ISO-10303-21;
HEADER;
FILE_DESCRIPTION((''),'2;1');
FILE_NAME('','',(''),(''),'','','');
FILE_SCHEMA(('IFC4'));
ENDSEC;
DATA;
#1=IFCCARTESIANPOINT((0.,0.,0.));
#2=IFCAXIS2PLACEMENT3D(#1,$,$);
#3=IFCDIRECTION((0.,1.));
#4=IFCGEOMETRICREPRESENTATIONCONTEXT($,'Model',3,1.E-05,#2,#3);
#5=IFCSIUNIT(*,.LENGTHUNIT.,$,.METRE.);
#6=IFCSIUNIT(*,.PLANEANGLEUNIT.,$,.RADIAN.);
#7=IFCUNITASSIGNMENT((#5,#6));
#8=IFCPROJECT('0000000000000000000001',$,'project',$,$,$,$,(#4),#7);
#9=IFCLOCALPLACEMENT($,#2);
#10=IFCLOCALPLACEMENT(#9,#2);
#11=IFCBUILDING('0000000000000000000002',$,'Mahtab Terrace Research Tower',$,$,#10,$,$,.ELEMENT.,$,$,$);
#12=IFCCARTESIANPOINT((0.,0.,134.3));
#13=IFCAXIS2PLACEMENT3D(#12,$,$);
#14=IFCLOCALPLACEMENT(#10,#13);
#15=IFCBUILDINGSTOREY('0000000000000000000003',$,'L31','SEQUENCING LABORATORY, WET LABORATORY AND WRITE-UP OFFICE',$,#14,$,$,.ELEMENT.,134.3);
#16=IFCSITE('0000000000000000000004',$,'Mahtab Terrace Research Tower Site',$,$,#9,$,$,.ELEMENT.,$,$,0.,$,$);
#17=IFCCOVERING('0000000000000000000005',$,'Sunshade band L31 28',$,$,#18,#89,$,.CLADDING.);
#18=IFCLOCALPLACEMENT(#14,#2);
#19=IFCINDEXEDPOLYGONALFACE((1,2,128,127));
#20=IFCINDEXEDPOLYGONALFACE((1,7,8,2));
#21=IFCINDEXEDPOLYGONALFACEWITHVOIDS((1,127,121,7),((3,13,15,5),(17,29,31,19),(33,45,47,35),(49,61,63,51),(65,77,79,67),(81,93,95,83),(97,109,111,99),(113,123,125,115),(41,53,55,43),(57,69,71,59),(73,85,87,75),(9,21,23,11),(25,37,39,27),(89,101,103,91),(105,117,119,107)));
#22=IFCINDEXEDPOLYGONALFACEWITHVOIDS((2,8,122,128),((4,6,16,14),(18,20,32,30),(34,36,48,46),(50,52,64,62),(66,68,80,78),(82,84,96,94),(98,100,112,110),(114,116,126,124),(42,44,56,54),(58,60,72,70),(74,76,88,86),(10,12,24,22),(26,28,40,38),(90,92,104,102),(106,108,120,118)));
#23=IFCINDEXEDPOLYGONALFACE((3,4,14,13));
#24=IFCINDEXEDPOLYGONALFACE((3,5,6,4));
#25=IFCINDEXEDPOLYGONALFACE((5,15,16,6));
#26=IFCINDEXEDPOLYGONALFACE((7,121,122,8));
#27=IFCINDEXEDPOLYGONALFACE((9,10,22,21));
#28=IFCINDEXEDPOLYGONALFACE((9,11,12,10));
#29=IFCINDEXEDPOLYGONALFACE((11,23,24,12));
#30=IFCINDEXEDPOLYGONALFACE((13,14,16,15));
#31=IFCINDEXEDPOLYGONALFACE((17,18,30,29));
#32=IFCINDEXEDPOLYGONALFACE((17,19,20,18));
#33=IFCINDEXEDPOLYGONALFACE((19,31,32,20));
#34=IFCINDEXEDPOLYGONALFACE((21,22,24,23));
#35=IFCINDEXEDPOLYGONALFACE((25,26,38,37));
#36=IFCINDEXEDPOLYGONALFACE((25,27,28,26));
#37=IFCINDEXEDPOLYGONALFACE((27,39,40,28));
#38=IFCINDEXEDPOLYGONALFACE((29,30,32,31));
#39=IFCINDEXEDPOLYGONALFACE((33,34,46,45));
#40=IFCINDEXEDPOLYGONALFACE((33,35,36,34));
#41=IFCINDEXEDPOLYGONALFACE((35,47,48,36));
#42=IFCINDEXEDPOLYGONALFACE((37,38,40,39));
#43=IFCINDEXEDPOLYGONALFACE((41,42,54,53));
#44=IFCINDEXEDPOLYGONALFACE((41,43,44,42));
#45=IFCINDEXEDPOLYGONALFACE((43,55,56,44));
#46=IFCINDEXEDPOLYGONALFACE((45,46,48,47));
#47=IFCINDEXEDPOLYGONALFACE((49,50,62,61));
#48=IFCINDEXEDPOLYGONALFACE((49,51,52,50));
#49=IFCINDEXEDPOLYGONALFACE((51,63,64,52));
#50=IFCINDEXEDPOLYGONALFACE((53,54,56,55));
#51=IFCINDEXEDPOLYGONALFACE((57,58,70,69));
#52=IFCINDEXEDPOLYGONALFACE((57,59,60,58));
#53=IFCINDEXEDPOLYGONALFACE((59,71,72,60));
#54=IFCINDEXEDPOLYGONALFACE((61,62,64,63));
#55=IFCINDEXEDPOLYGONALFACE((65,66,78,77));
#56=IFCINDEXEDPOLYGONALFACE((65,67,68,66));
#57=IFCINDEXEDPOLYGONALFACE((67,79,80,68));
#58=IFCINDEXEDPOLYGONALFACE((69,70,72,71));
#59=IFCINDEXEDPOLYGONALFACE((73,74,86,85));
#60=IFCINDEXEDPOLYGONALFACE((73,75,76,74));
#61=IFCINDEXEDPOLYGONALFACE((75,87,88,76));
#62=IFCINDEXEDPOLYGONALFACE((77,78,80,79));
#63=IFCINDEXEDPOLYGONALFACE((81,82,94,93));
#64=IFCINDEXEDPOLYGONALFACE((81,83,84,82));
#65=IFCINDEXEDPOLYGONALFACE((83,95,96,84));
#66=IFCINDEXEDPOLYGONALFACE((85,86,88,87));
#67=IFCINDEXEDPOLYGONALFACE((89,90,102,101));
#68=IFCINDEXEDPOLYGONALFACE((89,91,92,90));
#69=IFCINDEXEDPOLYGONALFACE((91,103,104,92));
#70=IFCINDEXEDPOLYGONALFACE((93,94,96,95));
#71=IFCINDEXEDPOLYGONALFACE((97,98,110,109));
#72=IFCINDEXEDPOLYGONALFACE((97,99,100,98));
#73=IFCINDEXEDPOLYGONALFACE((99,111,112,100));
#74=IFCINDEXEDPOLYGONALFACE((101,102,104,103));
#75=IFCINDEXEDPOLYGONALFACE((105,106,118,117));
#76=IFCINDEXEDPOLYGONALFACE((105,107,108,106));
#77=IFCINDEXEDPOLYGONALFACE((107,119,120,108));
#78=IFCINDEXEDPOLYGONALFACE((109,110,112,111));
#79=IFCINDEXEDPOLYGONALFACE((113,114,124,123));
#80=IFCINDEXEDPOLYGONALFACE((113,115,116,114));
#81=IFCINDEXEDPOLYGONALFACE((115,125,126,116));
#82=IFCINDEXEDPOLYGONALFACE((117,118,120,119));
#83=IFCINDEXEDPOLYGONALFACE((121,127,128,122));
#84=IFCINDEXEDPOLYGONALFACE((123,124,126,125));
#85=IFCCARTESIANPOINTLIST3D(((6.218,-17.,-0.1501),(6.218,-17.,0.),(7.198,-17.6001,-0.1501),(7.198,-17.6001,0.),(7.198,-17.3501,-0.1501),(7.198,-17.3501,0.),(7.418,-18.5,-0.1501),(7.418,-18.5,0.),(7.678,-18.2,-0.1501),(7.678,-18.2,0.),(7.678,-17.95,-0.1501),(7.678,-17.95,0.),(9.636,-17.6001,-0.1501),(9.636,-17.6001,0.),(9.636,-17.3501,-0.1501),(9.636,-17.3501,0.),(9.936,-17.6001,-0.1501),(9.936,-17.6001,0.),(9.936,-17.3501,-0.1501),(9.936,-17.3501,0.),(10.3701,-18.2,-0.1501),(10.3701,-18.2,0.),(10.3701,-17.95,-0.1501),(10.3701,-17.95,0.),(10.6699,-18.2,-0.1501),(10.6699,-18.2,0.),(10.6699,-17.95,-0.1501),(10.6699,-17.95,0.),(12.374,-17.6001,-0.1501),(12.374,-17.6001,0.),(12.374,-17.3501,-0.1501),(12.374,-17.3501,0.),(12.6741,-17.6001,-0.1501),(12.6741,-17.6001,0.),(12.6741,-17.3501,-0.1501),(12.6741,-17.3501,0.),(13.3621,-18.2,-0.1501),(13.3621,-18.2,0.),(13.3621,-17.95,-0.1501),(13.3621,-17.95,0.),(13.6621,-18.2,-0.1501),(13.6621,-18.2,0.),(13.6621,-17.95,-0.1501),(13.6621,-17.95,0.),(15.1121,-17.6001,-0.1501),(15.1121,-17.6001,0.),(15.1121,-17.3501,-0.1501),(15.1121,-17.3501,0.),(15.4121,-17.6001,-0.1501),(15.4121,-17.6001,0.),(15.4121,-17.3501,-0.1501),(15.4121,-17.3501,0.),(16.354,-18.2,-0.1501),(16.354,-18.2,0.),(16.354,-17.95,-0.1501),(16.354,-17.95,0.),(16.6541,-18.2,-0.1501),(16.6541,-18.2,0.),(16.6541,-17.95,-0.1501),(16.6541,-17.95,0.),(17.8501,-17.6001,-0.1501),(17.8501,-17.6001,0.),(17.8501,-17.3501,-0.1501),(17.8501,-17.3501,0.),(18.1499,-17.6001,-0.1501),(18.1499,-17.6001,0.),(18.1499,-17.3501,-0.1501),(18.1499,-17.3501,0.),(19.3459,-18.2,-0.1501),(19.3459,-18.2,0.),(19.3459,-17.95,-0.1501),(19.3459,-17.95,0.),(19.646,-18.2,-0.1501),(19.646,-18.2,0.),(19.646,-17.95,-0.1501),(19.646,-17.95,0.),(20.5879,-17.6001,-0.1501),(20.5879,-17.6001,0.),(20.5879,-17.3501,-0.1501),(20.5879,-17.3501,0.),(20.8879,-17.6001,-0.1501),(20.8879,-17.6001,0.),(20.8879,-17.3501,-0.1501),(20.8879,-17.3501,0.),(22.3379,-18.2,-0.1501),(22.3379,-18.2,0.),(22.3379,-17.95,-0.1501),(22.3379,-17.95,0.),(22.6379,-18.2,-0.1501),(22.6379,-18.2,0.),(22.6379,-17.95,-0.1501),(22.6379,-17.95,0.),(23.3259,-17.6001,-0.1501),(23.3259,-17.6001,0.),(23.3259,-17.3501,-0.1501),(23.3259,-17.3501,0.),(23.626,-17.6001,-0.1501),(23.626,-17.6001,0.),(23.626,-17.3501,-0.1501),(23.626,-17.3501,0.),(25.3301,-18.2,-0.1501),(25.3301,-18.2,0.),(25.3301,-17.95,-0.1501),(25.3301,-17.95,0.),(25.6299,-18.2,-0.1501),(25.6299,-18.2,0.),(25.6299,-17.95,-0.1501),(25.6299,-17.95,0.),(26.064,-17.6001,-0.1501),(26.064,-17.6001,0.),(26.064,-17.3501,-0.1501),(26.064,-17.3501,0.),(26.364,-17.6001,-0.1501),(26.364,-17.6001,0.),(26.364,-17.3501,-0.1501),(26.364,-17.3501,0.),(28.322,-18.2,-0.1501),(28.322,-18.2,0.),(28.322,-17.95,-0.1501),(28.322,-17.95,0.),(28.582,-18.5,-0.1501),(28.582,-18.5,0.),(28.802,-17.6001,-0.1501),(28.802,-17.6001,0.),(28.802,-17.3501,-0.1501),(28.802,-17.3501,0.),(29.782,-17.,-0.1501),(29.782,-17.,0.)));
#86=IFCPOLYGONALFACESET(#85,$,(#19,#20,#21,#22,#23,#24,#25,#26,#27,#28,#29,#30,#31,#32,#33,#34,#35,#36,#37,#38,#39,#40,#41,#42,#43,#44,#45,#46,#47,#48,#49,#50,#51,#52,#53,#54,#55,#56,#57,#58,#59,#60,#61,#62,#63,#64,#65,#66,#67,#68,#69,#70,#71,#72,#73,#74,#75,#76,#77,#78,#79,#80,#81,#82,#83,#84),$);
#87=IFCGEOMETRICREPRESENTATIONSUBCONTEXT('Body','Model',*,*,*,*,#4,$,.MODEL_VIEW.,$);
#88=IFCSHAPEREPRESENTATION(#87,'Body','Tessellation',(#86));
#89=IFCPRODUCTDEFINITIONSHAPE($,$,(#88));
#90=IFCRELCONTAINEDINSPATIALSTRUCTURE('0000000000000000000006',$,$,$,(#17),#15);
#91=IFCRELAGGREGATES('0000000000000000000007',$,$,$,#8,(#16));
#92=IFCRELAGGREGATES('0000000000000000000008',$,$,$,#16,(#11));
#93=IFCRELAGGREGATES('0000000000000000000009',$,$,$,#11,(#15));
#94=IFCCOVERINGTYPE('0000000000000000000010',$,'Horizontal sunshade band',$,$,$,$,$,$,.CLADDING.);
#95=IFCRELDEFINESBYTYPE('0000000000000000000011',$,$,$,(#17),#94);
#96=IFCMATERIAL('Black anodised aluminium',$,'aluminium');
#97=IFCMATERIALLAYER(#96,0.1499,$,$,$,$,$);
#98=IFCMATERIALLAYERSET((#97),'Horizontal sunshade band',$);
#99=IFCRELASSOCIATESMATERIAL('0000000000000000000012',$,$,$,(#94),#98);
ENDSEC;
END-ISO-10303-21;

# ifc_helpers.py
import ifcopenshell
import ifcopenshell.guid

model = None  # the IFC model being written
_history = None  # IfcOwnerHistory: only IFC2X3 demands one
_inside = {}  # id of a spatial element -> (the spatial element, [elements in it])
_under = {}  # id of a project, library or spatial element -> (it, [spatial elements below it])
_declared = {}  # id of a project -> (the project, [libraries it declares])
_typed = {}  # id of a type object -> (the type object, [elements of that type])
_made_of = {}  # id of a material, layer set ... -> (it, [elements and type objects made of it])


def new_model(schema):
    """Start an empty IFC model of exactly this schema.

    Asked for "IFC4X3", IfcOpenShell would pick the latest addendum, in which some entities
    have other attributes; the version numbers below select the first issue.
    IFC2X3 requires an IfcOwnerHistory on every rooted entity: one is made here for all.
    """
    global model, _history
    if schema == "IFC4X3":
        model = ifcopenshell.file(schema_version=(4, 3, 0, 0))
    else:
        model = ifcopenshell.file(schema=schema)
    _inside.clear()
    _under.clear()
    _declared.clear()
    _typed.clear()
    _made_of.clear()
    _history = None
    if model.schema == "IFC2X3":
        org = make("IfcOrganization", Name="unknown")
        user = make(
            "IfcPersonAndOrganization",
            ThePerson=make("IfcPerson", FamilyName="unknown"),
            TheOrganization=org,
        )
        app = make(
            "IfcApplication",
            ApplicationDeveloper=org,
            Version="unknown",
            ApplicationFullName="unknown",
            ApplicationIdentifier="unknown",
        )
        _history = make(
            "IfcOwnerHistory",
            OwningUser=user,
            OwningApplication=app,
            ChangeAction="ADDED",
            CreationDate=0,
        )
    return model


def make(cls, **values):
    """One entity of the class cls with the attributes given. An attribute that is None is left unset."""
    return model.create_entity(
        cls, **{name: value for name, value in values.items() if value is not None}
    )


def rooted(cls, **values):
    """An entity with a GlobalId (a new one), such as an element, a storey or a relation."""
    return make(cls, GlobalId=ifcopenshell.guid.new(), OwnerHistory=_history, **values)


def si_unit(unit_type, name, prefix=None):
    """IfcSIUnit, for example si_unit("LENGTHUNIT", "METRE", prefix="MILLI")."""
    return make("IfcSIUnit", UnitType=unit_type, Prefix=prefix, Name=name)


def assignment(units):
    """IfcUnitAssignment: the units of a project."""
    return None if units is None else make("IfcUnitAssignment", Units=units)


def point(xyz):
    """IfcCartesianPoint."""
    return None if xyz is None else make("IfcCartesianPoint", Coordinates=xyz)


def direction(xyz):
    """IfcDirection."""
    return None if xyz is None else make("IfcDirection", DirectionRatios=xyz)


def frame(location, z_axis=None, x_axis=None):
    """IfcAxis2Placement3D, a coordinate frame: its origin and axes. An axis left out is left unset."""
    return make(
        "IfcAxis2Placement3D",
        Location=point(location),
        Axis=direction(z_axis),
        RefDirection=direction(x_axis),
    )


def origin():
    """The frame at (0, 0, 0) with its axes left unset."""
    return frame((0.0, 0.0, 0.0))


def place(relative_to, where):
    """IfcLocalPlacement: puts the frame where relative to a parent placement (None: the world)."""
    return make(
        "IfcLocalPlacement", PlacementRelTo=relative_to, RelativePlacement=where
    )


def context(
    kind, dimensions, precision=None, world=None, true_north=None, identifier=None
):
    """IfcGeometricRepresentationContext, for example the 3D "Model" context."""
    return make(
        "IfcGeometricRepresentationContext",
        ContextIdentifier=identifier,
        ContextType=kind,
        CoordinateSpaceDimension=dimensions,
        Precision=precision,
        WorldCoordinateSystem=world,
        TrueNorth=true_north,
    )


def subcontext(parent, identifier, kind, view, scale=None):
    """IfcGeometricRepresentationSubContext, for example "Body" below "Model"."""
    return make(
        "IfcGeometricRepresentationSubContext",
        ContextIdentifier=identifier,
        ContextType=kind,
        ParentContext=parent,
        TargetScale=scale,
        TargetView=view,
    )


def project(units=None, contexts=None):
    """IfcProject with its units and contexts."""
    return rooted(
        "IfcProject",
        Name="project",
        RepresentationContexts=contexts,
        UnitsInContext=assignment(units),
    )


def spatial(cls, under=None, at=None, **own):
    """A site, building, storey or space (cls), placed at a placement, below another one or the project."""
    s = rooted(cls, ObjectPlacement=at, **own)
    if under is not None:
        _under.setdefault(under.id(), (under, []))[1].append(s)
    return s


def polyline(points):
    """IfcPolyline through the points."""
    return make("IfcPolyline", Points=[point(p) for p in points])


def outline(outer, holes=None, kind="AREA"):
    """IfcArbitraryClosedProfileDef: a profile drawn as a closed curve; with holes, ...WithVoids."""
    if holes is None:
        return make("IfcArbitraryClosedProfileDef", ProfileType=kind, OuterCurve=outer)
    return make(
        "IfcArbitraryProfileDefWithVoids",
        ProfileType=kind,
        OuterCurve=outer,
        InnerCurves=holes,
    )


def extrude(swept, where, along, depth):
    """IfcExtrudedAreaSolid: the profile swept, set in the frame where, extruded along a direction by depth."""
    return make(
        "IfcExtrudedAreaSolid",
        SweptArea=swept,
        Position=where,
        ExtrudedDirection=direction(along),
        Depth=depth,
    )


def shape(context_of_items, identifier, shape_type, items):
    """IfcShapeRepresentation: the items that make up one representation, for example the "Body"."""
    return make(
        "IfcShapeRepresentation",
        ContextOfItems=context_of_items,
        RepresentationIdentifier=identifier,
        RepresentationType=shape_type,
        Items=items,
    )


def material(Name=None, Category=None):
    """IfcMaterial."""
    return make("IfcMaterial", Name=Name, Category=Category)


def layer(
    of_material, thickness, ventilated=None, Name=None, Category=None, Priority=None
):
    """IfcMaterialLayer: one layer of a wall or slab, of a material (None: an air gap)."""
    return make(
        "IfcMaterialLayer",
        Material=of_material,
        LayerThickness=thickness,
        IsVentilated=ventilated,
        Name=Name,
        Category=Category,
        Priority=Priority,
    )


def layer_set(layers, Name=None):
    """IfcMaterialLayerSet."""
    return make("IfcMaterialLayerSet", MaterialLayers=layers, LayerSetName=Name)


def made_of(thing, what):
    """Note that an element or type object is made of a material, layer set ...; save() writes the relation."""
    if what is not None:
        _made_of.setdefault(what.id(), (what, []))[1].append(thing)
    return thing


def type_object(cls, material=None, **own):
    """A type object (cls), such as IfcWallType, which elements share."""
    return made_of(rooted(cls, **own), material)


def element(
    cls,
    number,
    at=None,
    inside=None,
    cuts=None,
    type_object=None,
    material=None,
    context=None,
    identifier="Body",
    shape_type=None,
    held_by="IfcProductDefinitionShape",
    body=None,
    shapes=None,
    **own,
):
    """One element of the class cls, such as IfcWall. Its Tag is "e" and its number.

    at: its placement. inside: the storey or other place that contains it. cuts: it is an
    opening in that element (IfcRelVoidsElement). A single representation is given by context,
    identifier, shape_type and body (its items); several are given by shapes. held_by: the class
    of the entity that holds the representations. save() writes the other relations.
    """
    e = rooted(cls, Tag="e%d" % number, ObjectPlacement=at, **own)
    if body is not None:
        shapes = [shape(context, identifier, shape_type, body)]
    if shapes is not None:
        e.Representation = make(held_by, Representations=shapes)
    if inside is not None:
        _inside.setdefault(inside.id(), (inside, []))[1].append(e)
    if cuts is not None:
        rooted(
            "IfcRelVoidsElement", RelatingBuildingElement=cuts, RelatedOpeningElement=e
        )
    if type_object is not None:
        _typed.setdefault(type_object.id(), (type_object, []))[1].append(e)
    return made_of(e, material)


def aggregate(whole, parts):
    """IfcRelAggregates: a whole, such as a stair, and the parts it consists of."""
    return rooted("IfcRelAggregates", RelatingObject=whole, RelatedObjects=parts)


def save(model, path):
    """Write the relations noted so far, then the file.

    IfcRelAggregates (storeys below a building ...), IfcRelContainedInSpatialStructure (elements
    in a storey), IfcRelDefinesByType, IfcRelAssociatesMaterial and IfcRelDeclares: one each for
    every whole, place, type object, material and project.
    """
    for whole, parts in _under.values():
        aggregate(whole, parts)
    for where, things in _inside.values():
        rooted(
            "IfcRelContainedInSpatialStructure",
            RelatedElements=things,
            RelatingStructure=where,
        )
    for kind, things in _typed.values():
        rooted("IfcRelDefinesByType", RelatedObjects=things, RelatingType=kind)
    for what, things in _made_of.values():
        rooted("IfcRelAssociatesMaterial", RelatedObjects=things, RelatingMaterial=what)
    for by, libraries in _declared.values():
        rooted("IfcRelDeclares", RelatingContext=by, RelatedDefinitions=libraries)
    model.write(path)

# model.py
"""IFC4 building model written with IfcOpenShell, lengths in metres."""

from ifc_helpers import new_model, si_unit, direction, frame, origin, place, context, subcontext, project, spatial, polyline, outline, extrude, material, layer, layer_set, type_object, element, save


model = new_model("IFC4")

# Units and contexts
model_context = context("Model", 3, precision=1e-05, world=origin(), true_north=direction((0.0, 1.0)))
body_context = subcontext(model_context, "Body", "Model", "MODEL_VIEW")
ifc_project = project(units=[si_unit("LENGTHUNIT", "METRE"), si_unit("PLANEANGLEUNIT", "RADIAN")], contexts=[model_context])

# Site, building, storey
site_placement = place(None, origin())
site = spatial("IfcSite", under=ifc_project, at=site_placement, Name="Mahtab Terrace Research Tower Site", CompositionType="ELEMENT", RefElevation=0.0)
building_placement = place(site_placement, origin())
building = spatial("IfcBuilding", under=site, at=building_placement, Name="Mahtab Terrace Research Tower", CompositionType="ELEMENT")
storey_placement = place(building_placement, frame((0.0, 0.0, 134.3)))
storey = spatial("IfcBuildingStorey", under=building, at=storey_placement, Name="L31", Description="SEQUENCING LABORATORY, WET LABORATORY AND WRITE-UP OFFICE", CompositionType="ELEMENT", Elevation=134.3)

# Covering
ifc_material_1 = material(Name="Black anodised aluminium", Category="aluminium")
ifc_layer_1 = layer(ifc_material_1, 0.1499)
ifc_layer_set_1 = layer_set([ifc_layer_1], Name="Horizontal sunshade band")
covering_type = type_object("IfcCoveringType", Name="Horizontal sunshade band", PredefinedType="CLADDING", material=ifc_layer_set_1)
covering_1_placement = place(storey_placement, frame((0.0, 0.0, -0.1501)))
element("IfcCovering", 1, at=covering_1_placement, inside=storey, type_object=covering_type, Name="Sunshade band L31 28", PredefinedType="CLADDING", context=body_context, shape_type="SweptSolid", body=[
    extrude(outline(polyline([(6.218, -17.0), (29.782, -17.0), (28.582, -18.5), (7.418, -18.5), (6.218, -17.0)]), holes=[polyline([(7.198, -17.3501), (9.636, -17.3501), (9.636, -17.6001), (7.198, -17.6001), (7.198, -17.3501)]), polyline([(9.936, -17.3501), (12.374, -17.3501), (12.374, -17.6001), (9.936, -17.6001), (9.936, -17.3501)]), polyline([(12.6741, -17.3501), (15.1121, -17.3501), (15.1121, -17.6001), (12.6741, -17.6001), (12.6741, -17.3501)]), polyline([(15.4121, -17.3501), (17.8501, -17.3501), (17.8501, -17.6001), (15.4121, -17.6001), (15.4121, -17.3501)]), polyline([(18.1499, -17.3501), (20.5879, -17.3501), (20.5879, -17.6001), (18.1499, -17.6001), (18.1499, -17.3501)]), polyline([(20.8879, -17.3501), (23.3259, -17.3501), (23.3259, -17.6001), (20.8879, -17.6001), (20.8879, -17.3501)]), polyline([(23.626, -17.3501), (26.064, -17.3501), (26.064, -17.6001), (23.626, -17.6001), (23.626, -17.3501)]), polyline([(26.364, -17.3501), (28.802, -17.3501), (28.802, -17.6001), (26.364, -17.6001), (26.364, -17.3501)]), polyline([(7.678, -17.95), (10.3701, -17.95), (10.3701, -18.2), (7.678, -18.2), (7.678, -17.95)]), polyline([(10.6699, -17.95), (13.3621, -17.95), (13.3621, -18.2), (10.6699, -18.2), (10.6699, -17.95)]), polyline([(13.6621, -17.95), (16.354, -17.95), (16.354, -18.2), (13.6621, -18.2), (13.6621, -17.95)]), polyline([(16.6541, -17.95), (19.3459, -17.95), (19.3459, -18.2), (16.6541, -18.2), (16.6541, -17.95)]), polyline([(19.646, -17.95), (22.3379, -17.95), (22.3379, -18.2), (19.646, -18.2), (19.646, -17.95)]), polyline([(22.6379, -17.95), (25.3301, -17.95), (25.3301, -18.2), (22.6379, -18.2), (22.6379, -17.95)]), polyline([(25.6299, -17.95), (28.322, -17.95), (28.322, -18.2), (25.6299, -18.2), (25.6299, -17.95)])]), origin(), (0.0, 0.0, 1.0), 0.1501),
])

save(model, "model.ifc")
